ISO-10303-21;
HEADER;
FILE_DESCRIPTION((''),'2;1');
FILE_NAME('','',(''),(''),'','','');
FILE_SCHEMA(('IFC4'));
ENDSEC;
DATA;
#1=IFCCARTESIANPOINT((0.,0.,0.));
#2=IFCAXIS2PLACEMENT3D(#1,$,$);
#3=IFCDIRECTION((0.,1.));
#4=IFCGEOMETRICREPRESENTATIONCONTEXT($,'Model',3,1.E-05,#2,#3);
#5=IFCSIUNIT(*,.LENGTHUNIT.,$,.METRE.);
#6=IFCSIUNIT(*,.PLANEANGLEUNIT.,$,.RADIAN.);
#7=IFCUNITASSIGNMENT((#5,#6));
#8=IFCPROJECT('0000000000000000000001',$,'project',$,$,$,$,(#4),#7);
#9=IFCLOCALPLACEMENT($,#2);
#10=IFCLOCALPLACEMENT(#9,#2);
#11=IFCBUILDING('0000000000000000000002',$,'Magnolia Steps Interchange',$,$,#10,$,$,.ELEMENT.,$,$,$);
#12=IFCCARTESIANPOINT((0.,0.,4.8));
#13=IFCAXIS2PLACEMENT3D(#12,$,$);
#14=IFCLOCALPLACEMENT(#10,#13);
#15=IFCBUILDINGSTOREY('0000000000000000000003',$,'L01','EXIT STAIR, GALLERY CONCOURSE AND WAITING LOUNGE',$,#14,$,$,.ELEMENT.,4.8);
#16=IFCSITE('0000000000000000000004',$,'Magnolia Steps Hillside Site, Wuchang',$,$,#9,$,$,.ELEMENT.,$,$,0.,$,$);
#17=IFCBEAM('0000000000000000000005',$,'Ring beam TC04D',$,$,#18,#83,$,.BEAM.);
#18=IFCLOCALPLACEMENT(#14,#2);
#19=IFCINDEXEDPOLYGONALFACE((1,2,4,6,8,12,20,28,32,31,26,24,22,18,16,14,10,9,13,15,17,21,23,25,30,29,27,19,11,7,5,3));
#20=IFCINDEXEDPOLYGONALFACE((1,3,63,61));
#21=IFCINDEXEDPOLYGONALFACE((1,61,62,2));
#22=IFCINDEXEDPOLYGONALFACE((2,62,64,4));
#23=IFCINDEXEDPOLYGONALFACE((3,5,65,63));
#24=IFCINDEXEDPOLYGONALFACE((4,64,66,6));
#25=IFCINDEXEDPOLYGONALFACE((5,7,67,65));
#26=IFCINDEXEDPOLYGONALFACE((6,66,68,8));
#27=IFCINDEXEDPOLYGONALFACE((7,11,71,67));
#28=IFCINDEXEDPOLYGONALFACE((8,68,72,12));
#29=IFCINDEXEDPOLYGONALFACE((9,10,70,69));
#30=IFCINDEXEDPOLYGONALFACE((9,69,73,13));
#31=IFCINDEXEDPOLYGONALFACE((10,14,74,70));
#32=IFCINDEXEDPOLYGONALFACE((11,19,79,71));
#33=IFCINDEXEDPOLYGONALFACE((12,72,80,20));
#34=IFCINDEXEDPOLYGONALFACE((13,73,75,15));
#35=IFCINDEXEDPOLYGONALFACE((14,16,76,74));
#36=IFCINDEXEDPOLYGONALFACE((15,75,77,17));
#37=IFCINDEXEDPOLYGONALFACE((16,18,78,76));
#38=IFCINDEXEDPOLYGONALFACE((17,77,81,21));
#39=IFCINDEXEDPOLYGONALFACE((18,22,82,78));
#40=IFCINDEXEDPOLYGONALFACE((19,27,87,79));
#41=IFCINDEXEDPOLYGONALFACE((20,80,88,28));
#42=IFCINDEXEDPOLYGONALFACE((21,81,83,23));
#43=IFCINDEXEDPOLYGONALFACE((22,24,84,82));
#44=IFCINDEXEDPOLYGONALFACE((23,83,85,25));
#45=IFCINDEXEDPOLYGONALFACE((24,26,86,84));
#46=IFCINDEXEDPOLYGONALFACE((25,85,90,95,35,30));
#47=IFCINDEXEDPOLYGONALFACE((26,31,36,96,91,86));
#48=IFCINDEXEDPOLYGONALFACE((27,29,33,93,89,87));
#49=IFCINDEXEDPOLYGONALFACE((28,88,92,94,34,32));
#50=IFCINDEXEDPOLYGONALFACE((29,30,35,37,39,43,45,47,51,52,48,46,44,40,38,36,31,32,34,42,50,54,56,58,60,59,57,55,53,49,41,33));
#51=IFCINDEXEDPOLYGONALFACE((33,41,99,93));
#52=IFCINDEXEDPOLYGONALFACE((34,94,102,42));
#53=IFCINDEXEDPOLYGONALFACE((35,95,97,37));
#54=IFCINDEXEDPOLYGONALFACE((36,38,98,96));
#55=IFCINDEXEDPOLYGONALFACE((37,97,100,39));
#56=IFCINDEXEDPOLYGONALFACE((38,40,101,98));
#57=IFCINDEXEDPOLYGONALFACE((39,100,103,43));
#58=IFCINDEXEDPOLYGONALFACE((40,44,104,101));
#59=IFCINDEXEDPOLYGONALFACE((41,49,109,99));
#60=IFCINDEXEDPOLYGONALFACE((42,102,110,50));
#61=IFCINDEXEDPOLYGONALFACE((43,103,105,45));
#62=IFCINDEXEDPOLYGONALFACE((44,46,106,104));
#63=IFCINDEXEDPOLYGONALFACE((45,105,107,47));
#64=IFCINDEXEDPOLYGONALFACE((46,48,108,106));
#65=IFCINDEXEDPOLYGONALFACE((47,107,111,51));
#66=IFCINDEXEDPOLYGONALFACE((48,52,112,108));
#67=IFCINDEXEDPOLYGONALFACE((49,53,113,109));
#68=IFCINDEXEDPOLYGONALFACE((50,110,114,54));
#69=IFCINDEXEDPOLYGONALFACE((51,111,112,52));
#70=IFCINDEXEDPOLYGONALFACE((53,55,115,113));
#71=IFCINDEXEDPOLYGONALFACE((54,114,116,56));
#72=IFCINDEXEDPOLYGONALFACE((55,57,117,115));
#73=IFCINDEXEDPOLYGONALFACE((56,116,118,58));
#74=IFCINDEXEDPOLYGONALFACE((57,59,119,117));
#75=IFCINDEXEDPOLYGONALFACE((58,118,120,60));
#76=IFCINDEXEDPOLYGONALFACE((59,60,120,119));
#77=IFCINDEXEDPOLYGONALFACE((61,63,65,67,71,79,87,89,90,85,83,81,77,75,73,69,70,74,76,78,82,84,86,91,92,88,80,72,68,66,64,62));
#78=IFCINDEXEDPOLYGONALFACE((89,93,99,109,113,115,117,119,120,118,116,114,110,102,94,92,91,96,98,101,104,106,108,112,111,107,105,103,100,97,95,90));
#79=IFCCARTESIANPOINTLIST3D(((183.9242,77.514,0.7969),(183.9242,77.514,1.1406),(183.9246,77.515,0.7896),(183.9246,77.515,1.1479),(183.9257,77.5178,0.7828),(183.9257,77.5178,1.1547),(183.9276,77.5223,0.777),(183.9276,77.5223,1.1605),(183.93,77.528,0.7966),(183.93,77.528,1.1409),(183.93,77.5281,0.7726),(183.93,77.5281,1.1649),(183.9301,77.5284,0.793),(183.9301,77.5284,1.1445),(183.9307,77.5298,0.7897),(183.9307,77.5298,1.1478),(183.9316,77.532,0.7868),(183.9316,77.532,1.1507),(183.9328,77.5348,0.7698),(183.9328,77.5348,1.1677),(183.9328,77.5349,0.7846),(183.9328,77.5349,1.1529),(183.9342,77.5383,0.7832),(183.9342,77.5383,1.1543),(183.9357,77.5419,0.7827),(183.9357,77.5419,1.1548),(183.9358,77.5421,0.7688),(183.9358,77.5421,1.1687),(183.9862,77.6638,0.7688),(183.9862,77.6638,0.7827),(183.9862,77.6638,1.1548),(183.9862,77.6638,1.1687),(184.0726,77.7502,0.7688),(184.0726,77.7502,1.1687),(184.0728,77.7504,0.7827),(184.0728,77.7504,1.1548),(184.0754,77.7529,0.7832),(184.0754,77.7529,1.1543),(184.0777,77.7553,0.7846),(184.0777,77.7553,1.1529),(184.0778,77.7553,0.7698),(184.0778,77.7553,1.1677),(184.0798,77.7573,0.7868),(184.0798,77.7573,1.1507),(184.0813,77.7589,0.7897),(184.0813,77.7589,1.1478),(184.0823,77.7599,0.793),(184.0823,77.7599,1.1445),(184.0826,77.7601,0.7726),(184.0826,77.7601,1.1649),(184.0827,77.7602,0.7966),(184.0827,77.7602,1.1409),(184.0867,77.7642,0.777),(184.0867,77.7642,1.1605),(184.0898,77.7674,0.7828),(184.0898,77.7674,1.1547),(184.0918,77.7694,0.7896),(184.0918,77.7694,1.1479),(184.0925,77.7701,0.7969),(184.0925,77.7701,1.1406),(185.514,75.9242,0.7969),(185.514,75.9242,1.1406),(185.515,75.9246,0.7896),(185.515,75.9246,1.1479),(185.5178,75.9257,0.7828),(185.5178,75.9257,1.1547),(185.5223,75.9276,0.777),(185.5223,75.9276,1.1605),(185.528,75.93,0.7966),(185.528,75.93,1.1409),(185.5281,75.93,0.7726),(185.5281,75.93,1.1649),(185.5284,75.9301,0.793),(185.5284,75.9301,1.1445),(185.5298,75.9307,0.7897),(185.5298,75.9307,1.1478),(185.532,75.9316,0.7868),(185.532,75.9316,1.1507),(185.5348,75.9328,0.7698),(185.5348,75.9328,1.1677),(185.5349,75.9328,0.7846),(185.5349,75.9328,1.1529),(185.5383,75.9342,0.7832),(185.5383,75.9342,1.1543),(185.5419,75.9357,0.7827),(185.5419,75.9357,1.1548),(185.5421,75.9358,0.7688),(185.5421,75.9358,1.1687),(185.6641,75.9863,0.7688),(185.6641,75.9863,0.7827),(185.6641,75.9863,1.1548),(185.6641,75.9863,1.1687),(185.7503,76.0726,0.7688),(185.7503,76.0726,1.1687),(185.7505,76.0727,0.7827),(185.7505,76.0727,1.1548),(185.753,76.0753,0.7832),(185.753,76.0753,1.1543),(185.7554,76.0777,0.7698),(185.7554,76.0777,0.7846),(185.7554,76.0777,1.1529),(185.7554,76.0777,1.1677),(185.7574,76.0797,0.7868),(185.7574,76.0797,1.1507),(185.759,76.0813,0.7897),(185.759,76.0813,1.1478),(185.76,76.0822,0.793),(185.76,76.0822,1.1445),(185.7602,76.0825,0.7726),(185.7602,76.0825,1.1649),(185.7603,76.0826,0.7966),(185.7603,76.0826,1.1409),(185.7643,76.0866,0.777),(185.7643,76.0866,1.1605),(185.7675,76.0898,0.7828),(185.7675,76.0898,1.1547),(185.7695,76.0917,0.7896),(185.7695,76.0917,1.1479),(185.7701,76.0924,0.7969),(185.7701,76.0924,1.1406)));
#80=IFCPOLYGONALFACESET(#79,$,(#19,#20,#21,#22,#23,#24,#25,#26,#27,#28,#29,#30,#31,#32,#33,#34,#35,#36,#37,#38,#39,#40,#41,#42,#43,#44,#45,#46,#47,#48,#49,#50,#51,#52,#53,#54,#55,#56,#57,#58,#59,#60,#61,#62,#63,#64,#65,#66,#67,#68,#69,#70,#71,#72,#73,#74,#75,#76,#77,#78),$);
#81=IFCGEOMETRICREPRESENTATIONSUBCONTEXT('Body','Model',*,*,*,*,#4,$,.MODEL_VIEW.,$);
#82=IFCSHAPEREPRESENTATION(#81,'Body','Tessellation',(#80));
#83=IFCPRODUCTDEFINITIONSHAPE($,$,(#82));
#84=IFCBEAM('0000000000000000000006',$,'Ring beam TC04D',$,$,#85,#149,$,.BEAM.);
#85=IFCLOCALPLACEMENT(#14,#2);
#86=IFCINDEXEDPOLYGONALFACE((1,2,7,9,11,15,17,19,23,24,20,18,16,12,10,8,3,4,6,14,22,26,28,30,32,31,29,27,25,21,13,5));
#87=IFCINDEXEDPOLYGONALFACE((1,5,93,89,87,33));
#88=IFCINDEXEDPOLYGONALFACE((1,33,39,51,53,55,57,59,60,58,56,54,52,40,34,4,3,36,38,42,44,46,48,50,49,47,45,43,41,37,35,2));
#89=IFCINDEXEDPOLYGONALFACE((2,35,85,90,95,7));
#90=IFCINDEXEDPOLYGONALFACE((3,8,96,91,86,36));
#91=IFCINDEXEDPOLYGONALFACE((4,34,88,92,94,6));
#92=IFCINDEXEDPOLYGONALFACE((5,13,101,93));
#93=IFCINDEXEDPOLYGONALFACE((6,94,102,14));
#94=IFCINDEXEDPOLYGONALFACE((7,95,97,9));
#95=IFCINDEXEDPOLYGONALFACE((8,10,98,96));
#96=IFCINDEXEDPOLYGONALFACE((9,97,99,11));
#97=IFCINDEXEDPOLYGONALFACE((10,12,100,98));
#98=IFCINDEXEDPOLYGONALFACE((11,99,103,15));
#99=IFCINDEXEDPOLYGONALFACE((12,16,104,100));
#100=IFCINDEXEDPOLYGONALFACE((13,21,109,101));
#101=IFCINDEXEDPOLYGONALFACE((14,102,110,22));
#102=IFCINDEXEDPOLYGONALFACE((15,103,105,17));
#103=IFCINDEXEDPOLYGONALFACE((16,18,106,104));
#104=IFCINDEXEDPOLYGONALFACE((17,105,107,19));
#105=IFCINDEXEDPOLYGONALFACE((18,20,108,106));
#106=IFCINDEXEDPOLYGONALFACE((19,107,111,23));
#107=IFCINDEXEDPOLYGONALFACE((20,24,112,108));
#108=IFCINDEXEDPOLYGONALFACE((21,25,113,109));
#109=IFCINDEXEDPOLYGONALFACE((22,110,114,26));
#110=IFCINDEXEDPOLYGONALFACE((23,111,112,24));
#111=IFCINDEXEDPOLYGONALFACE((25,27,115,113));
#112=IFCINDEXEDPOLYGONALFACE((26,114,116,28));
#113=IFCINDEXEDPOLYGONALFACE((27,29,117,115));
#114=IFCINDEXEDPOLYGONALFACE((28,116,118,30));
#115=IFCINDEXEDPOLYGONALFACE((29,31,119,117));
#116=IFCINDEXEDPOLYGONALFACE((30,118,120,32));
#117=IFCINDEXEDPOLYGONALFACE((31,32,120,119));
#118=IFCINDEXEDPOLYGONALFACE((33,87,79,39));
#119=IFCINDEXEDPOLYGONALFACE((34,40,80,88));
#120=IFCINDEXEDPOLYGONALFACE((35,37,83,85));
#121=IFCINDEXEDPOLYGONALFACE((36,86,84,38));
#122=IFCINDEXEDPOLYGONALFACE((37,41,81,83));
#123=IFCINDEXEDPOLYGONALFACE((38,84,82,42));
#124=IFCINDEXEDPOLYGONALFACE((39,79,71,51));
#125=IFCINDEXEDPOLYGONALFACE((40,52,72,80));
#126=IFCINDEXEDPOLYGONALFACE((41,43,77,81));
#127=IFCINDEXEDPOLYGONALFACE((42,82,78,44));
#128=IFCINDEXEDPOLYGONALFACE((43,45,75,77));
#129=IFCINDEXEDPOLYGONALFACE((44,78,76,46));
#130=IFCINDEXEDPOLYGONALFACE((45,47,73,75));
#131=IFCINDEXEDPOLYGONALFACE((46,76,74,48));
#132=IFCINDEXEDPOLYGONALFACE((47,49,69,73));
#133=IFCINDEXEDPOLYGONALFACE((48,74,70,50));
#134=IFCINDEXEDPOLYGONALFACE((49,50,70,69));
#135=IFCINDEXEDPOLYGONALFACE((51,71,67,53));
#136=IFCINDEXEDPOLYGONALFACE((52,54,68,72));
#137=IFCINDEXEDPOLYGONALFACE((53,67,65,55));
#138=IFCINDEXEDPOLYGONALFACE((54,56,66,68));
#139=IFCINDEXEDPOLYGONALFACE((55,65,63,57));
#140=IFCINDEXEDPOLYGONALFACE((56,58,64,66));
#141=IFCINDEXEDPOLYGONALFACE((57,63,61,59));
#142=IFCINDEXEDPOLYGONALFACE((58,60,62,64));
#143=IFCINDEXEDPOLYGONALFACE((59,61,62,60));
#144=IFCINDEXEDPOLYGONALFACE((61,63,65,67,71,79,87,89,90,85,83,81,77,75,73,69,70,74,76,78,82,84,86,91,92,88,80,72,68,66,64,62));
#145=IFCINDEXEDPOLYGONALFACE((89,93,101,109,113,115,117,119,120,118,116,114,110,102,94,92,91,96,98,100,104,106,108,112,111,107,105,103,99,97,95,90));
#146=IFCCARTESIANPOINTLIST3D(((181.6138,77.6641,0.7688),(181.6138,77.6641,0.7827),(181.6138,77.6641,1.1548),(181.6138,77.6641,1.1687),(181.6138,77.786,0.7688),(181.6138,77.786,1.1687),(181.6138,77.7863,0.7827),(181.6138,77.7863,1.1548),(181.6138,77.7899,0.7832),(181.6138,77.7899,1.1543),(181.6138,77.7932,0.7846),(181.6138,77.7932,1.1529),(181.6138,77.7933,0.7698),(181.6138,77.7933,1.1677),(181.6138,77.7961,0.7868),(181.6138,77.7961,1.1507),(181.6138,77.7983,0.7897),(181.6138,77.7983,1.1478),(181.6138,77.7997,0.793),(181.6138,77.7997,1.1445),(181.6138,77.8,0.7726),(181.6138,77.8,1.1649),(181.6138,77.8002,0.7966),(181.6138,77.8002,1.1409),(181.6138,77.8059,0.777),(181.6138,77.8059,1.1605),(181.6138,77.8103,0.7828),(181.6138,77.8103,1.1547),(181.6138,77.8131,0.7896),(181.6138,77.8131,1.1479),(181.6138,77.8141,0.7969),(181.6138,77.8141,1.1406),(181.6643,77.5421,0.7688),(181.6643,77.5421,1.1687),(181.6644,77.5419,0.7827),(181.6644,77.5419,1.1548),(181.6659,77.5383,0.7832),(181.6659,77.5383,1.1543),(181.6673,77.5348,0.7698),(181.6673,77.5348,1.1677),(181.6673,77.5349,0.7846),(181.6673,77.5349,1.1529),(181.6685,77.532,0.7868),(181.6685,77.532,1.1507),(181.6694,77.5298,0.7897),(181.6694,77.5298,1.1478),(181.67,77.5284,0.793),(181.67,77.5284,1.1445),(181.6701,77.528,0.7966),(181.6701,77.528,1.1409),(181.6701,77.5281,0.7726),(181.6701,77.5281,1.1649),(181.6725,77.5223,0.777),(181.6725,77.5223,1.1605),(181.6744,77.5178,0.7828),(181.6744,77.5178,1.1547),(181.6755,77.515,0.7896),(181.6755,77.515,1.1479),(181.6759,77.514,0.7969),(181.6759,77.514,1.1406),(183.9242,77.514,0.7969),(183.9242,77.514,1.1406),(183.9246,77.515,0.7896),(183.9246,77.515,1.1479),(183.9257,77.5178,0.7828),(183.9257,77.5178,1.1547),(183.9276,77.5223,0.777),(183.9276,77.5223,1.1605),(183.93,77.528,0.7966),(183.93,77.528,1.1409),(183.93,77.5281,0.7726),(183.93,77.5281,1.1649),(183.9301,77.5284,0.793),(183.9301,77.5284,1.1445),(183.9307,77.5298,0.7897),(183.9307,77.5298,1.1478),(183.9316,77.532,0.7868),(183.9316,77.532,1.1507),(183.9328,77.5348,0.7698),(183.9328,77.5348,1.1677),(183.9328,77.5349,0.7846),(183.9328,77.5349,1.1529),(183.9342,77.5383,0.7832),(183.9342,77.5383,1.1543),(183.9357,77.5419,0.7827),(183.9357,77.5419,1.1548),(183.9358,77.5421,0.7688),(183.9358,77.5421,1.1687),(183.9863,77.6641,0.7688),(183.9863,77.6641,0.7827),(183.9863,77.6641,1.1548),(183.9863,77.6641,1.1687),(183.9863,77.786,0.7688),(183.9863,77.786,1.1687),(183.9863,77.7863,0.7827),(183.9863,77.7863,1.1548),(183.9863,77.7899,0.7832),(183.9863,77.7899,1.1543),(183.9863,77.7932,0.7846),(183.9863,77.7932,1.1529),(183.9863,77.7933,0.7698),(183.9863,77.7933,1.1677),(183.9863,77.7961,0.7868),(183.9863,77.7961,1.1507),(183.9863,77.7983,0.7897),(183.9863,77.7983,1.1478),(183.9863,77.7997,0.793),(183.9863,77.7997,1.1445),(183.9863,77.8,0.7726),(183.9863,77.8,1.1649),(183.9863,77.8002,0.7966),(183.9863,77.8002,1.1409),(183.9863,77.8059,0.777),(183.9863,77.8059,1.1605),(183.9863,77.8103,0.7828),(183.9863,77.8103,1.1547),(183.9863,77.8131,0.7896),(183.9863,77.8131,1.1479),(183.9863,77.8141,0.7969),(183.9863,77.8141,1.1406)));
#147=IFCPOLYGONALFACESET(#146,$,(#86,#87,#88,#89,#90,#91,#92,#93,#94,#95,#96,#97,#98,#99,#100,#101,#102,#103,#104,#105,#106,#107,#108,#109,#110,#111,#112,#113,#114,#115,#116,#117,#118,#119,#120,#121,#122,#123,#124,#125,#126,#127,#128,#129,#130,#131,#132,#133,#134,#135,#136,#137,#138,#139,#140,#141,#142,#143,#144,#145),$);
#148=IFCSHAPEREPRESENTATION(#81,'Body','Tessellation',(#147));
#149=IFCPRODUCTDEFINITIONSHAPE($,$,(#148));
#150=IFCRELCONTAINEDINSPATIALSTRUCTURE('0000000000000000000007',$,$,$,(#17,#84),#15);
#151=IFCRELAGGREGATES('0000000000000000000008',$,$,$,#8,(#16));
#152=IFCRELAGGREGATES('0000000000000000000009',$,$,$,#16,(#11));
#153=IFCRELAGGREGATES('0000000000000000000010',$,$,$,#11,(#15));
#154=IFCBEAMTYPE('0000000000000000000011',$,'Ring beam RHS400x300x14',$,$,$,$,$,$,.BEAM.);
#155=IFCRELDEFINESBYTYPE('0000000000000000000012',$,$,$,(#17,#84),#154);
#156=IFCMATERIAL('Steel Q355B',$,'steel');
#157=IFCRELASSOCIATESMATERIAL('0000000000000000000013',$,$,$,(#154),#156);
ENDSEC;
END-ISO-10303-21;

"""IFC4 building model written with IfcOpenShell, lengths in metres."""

from ifc_helpers import new_model, si_unit, direction, frame, origin, origin_2d, place, context, subcontext, project, spatial, hollow_rectangle, extrude, clip, halfspace, material, material_profile, profile_set, type_object, element, save


model = new_model("IFC4")

# Units and contexts
model_context = context("Model", 3, precision=1e-05, world=origin(), true_north=direction((0.0, 1.0)))
body_context = subcontext(model_context, "Body", "Model", "MODEL_VIEW")
ifc_project = project(units=[si_unit("LENGTHUNIT", "METRE"), si_unit("PLANEANGLEUNIT", "RADIAN")], contexts=[model_context])

# Site, building, storey
site_placement = place(None, origin())
site = spatial("IfcSite", under=ifc_project, at=site_placement, Name="Magnolia Steps Hillside Site, Wuchang", CompositionType="ELEMENT", RefElevation=0.0)
building_placement = place(site_placement, origin())
building = spatial("IfcBuilding", under=site, at=building_placement, Name="Magnolia Steps Interchange", CompositionType="ELEMENT")
storey_placement = place(building_placement, frame((0.0, 0.0, 4.8)))
storey = spatial("IfcBuildingStorey", under=building, at=storey_placement, Name="L01", Description="EXIT STAIR, GALLERY CONCOURSE AND WAITING LOUNGE", CompositionType="ELEMENT", Elevation=4.8)

# Beams
ifc_material_1 = material(Name="Steel Q355B", Category="steel")
ifc_material_profile_1 = material_profile(ifc_material_1, hollow_rectangle(XDim=0.3, YDim=0.3999, WallThickness=0.0139, InnerFilletRadius=0.0139, OuterFilletRadius=0.0281, at=origin_2d()), Name="RHS400x300x14")
ifc_profile_set_1 = profile_set([ifc_material_profile_1], Name="Steel Q355B")
beam_type_1 = type_object("IfcBeamType", Name="Ring beam RHS400x300x14", PredefinedType="BEAM", material=ifc_profile_set_1)
beam_1_placement = place(storey_placement, frame((185.6641, 75.9863, 0.9688), z_axis=(-0.707107, 0.707107, 0.0), x_axis=(-0.707107, -0.707107, 0.0)))
element("IfcBeam", 1, at=beam_1_placement, inside=storey, type_object=beam_type_1, Name="Ring beam TC04D", PredefinedType="BEAM", context=body_context, shape_type="Clipping", body=[
    clip(clip(extrude(hollow_rectangle(XDim=0.3, YDim=0.3999, WallThickness=0.0139, InnerFilletRadius=0.0139, OuterFilletRadius=0.0281, at=origin_2d()), origin(), (0.0, 0.0, 1.0), 2.3726), halfspace(frame((0.0, 0.0, 0.0), z_axis=(0.382683, 0.0, -0.92388), x_axis=(0.92388, 0.0, 0.382683)), False)), halfspace(frame((0.0, 0.0, 2.3727), z_axis=(0.382683, 0.0, 0.92388), x_axis=(0.92388, 0.0, -0.382683)), False)),
])
beam_2_placement = place(storey_placement, frame((183.9863, 77.6641, 0.9688), z_axis=(-1.0, 0.0, 0.0), x_axis=(0.0, -1.0, 0.0)))
element("IfcBeam", 2, at=beam_2_placement, inside=storey, type_object=beam_type_1, Name="Ring beam TC04D", PredefinedType="BEAM", context=body_context, shape_type="Clipping", body=[
    clip(clip(extrude(hollow_rectangle(XDim=0.3, YDim=0.3999, WallThickness=0.0139, InnerFilletRadius=0.0139, OuterFilletRadius=0.0281, at=origin_2d()), origin(), (0.0, 0.0, 1.0), 2.3726), halfspace(frame((0.0, 0.0, 0.0), z_axis=(0.382683, 0.0, -0.92388), x_axis=(0.92388, 0.0, 0.382683)), False)), halfspace(frame((0.0, 0.0, 2.3726), z_axis=(0.382683, 0.0, 0.92388), x_axis=(0.92388, 0.0, -0.382683)), False)),
])

save(model, "model.ifc")
